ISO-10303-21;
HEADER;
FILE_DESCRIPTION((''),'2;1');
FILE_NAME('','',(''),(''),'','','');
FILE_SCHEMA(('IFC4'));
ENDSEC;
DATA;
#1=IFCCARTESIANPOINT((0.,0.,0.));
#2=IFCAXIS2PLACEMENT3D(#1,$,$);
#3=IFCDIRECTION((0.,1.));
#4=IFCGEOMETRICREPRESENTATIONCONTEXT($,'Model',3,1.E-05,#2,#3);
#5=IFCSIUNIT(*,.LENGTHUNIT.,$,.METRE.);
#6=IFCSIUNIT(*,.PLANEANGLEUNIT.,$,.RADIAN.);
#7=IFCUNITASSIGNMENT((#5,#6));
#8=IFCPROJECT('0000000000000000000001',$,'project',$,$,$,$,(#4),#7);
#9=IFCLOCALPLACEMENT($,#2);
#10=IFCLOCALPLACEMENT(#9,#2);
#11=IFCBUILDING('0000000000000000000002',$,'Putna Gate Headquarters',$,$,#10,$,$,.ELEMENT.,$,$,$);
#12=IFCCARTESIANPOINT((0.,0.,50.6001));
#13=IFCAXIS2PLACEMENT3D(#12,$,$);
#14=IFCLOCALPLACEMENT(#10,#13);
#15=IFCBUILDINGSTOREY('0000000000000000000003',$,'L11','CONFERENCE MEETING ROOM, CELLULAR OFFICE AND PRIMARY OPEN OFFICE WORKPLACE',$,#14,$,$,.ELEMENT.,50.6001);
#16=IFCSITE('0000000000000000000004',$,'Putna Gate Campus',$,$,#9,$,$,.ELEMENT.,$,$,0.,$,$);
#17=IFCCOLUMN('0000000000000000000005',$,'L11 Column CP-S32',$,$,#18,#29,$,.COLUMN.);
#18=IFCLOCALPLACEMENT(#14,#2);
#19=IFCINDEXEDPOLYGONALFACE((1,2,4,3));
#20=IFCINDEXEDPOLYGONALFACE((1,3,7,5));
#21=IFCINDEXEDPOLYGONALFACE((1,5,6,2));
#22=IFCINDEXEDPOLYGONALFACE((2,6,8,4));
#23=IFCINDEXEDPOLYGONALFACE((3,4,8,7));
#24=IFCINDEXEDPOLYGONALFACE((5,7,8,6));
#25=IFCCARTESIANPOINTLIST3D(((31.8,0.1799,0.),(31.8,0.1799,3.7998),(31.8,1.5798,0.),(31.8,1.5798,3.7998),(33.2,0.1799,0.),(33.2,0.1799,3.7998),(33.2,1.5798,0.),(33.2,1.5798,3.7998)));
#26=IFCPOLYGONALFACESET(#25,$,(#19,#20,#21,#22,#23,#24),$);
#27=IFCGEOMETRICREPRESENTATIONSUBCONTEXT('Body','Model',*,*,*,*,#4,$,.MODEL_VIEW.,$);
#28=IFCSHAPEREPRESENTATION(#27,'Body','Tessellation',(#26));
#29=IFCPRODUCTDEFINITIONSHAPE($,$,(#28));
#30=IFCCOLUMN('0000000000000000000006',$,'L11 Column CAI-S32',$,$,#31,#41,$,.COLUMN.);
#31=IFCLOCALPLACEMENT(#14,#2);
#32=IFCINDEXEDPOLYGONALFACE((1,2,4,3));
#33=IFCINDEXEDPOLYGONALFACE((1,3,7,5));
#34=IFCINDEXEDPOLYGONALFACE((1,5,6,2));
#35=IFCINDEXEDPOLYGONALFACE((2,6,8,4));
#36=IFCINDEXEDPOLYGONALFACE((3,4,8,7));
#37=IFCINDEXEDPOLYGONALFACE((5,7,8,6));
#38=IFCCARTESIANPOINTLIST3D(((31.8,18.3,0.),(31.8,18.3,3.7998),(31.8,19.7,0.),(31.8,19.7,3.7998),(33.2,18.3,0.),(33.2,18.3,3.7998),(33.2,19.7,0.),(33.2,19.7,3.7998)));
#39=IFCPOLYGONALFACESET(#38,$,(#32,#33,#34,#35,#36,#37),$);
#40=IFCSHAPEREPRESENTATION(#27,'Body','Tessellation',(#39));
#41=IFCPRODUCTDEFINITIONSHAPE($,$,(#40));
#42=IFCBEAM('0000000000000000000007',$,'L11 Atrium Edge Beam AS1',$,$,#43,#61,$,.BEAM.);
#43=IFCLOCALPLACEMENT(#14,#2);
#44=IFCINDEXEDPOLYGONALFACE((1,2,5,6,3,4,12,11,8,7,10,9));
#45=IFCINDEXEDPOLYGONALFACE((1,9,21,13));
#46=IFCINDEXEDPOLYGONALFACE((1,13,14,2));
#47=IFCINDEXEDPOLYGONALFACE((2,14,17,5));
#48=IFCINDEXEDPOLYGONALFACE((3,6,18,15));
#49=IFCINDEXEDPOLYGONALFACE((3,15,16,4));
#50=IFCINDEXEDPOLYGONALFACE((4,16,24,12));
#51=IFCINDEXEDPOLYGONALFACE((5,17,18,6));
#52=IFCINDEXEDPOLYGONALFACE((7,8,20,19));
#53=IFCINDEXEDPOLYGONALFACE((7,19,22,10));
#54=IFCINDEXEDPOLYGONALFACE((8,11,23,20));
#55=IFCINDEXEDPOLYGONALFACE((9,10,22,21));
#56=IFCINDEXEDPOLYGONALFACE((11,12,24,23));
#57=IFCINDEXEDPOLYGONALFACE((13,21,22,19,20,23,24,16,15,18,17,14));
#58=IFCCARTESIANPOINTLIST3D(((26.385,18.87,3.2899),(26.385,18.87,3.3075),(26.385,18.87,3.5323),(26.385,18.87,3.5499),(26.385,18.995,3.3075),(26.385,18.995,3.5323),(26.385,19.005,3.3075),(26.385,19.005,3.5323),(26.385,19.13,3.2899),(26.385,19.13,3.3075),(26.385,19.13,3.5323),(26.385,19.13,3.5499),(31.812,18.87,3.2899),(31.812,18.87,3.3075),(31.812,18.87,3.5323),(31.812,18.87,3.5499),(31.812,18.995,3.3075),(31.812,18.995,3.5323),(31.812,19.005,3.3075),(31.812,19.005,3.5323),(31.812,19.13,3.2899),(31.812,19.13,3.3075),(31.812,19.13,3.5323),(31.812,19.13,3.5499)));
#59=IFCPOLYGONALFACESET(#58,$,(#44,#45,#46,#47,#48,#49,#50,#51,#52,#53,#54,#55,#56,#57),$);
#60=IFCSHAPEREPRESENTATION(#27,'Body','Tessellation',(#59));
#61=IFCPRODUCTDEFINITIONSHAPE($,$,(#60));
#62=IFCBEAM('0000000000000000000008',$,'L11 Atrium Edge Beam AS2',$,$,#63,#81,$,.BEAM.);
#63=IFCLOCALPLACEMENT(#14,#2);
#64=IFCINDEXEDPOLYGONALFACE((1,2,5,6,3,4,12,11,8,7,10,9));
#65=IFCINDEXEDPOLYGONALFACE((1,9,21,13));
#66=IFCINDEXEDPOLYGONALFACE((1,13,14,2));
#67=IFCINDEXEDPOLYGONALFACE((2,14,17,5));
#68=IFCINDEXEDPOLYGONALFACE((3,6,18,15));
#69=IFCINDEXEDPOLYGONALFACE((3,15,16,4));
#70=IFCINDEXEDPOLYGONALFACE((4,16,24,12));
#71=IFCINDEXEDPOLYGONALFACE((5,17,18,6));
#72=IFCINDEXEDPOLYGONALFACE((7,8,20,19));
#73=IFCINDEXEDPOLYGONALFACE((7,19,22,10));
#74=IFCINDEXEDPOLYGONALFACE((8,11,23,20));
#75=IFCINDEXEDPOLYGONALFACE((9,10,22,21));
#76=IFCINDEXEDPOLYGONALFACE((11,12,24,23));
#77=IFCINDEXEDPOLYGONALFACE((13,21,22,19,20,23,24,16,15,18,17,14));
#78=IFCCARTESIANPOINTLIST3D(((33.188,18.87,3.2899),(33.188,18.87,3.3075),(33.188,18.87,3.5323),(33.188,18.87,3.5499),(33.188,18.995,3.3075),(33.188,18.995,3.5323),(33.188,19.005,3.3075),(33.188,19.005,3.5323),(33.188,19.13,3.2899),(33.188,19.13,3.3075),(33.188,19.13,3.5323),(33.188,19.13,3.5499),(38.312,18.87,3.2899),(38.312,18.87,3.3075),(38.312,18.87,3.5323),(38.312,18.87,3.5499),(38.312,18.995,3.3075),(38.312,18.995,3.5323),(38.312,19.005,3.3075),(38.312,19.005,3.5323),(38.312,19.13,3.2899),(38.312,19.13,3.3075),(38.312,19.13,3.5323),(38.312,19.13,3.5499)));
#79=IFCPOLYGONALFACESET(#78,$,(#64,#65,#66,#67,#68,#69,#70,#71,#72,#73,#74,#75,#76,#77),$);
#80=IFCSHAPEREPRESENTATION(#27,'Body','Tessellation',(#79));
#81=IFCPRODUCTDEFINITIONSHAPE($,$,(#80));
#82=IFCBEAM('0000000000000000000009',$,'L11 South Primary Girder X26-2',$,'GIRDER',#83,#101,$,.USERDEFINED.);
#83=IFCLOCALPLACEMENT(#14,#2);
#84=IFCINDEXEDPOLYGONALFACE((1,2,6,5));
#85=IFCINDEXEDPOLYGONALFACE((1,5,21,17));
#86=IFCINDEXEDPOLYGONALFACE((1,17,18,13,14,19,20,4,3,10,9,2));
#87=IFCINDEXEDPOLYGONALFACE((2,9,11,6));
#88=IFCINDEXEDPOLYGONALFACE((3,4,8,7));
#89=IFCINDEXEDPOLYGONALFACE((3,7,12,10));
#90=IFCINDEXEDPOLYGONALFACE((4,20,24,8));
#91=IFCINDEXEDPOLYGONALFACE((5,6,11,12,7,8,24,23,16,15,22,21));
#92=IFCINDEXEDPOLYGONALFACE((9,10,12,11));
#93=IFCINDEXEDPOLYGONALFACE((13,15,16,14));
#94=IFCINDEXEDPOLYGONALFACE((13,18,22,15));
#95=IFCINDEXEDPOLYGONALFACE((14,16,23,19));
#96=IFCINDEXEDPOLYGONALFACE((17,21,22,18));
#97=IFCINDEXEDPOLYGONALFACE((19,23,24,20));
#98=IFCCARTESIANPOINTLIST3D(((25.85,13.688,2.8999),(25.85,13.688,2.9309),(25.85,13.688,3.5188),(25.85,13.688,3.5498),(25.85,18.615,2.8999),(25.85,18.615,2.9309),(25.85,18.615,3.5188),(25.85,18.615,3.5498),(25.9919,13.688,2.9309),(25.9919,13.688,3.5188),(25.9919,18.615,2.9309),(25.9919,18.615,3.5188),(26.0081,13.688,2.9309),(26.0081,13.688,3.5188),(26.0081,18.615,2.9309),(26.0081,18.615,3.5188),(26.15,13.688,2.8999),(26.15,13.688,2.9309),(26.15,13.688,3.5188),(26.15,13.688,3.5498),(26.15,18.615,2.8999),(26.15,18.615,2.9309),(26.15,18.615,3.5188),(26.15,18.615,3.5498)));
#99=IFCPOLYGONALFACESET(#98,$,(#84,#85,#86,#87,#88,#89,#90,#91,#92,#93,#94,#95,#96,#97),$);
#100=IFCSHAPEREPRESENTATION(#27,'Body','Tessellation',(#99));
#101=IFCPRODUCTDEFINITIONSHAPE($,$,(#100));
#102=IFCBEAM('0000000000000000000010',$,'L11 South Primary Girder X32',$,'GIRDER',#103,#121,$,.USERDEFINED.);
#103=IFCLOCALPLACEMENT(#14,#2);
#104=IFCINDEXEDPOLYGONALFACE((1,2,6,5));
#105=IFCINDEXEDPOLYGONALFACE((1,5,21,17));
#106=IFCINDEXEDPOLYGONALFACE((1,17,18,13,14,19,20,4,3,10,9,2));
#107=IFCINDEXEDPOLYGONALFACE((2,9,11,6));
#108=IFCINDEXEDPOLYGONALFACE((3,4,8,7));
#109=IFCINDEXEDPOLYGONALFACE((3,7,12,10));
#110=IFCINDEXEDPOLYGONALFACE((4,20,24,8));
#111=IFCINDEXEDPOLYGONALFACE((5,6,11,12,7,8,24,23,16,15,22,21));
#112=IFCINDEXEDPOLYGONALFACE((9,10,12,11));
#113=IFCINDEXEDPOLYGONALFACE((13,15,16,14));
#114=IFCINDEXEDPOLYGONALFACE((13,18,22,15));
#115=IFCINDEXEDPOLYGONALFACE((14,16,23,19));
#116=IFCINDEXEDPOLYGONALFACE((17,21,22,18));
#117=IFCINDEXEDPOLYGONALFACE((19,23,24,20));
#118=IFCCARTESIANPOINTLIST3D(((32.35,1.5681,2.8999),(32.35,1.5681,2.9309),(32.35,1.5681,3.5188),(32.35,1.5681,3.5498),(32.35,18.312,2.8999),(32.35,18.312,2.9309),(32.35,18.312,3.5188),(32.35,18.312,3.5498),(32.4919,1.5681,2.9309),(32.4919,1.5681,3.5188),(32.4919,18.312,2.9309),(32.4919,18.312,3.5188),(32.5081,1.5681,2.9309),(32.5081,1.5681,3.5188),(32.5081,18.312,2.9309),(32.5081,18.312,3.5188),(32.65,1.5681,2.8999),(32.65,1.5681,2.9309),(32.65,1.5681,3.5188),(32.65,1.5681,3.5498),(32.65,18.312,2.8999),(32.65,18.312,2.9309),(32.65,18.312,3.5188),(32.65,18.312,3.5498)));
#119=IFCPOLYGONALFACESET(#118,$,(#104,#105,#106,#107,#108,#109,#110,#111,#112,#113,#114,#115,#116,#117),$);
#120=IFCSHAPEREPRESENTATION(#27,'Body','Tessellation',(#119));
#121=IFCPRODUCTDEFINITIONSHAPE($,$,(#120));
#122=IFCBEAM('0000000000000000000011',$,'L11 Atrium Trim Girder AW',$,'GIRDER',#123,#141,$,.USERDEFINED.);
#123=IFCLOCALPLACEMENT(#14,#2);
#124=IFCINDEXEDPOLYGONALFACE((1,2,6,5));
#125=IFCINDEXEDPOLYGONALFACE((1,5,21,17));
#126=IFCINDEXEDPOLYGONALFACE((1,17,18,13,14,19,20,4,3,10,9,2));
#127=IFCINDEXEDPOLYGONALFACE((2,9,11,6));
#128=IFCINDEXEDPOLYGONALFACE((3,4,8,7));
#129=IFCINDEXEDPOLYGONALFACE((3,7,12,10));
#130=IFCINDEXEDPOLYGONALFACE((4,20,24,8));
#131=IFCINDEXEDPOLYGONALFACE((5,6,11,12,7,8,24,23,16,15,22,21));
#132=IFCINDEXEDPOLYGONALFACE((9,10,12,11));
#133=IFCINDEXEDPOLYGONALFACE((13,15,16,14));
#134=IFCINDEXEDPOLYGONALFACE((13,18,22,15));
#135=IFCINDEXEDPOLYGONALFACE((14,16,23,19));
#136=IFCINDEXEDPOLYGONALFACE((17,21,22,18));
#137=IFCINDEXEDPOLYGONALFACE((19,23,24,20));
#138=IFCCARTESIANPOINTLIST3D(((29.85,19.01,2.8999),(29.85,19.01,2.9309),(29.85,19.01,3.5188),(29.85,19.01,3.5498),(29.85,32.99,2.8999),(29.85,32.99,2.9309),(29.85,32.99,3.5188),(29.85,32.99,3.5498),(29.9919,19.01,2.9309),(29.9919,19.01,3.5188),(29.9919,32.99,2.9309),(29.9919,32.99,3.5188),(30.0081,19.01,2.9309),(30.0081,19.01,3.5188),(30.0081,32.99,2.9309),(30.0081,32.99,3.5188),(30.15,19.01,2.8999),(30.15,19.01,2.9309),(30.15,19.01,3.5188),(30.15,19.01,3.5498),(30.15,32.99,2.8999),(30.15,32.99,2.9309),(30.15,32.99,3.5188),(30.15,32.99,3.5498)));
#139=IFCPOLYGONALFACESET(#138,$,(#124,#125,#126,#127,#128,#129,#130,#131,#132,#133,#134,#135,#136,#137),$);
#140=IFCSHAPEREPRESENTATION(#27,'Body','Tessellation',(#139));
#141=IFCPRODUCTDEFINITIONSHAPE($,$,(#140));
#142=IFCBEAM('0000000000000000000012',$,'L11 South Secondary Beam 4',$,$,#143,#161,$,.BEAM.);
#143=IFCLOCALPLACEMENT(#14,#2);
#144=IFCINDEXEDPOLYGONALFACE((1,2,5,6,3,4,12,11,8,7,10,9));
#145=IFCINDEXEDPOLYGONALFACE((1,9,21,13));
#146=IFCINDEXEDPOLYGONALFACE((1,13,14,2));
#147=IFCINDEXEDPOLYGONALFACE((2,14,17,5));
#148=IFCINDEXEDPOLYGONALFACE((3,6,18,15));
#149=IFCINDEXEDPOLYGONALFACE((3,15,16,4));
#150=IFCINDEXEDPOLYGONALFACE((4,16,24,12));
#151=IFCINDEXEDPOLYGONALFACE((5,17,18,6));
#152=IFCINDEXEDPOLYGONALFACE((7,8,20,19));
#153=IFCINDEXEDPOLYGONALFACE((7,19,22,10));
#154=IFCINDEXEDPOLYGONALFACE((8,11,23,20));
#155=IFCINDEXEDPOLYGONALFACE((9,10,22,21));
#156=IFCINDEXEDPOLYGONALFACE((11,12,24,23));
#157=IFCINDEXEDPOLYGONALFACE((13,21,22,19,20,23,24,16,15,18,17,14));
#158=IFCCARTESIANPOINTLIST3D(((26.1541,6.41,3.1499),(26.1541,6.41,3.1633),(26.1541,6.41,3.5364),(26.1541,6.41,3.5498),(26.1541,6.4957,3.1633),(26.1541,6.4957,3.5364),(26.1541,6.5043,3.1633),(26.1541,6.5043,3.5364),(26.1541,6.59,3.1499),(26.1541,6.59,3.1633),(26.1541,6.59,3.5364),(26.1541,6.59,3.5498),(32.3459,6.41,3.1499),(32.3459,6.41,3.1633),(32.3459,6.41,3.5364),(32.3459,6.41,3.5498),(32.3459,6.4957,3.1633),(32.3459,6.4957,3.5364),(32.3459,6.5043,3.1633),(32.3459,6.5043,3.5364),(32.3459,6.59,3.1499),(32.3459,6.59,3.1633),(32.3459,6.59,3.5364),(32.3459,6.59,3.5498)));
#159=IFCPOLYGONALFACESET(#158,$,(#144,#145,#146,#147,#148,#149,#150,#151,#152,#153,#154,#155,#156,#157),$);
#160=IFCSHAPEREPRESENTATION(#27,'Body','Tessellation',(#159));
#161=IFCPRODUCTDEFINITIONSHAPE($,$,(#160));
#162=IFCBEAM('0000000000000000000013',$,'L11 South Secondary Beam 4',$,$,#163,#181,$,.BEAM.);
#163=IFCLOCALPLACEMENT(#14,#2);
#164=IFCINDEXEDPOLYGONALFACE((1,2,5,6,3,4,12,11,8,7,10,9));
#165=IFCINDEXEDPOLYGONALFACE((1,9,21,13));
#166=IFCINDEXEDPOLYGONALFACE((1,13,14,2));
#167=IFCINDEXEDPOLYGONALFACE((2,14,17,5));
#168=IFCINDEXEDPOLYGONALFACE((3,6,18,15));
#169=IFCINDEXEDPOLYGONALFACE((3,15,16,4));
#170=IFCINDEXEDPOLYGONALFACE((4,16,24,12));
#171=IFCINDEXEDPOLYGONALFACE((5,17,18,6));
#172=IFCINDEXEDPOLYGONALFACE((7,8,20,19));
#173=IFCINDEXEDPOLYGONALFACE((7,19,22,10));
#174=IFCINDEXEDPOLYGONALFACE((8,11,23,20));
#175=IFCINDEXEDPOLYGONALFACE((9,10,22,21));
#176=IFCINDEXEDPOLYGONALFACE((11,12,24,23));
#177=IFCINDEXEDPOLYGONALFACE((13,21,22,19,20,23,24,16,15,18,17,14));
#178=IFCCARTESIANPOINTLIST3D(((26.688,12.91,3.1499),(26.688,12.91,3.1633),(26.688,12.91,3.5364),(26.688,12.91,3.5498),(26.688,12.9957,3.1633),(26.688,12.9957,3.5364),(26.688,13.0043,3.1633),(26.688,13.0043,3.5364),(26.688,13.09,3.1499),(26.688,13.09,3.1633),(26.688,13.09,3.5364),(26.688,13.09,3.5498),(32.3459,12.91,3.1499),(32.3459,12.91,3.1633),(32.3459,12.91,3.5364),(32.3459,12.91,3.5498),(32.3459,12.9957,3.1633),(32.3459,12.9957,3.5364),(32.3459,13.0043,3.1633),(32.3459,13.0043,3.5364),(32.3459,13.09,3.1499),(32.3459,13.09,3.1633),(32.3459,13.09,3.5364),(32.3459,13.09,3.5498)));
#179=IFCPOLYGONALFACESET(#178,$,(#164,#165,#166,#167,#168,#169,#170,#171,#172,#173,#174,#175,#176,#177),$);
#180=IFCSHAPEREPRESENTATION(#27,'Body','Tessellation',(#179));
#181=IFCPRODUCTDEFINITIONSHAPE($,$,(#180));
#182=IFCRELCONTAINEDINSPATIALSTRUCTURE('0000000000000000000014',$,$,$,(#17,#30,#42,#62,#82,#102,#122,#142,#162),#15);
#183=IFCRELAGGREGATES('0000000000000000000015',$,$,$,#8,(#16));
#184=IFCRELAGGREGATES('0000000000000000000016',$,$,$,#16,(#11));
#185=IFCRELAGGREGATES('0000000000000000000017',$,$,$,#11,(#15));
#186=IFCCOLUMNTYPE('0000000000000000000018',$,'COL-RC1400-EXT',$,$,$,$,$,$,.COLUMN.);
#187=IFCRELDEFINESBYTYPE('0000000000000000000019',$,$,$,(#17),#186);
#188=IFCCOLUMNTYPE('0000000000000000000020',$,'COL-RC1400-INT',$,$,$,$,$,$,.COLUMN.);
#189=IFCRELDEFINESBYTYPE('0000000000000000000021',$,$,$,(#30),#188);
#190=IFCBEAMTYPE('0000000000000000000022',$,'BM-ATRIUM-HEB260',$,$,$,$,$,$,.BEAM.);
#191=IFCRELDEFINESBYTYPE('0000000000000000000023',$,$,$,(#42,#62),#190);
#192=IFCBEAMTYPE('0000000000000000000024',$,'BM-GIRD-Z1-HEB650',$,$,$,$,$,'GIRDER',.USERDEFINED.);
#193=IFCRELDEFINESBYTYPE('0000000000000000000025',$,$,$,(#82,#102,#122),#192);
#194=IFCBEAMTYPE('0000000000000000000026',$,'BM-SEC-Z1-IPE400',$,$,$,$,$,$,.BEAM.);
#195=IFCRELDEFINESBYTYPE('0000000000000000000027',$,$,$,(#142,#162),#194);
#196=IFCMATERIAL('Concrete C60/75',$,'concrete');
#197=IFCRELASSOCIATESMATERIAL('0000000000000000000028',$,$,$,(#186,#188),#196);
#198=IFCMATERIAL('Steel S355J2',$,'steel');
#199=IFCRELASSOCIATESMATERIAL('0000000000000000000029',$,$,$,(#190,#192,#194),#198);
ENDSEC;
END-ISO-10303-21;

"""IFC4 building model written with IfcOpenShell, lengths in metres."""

from ifc_helpers import new_model, si_unit, direction, frame, origin, origin_2d, place, context, subcontext, project, spatial, rectangle, i_section, extrude, material, material_profile, profile_set, type_object, element, save


model = new_model("IFC4")

# Units and contexts
model_context = context("Model", 3, precision=1e-05, world=origin(), true_north=direction((0.0, 1.0)))
body_context = subcontext(model_context, "Body", "Model", "MODEL_VIEW")
ifc_project = project(units=[si_unit("LENGTHUNIT", "METRE"), si_unit("PLANEANGLEUNIT", "RADIAN")], contexts=[model_context])

# Site, building, storey
site_placement = place(None, origin())
site = spatial("IfcSite", under=ifc_project, at=site_placement, Name="Putna Gate Campus", CompositionType="ELEMENT", RefElevation=0.0)
building_placement = place(site_placement, origin())
building = spatial("IfcBuilding", under=site, at=building_placement, Name="Putna Gate Headquarters", CompositionType="ELEMENT")
storey_placement = place(building_placement, frame((0.0, 0.0, 50.6001)))
storey = spatial("IfcBuildingStorey", under=building, at=storey_placement, Name="L11", Description="CONFERENCE MEETING ROOM, CELLULAR OFFICE AND PRIMARY OPEN OFFICE WORKPLACE", CompositionType="ELEMENT", Elevation=50.6001)

# Columns
ifc_material_1 = material(Name="Concrete C60/75", Category="concrete")
ifc_material_profile_1 = material_profile(ifc_material_1, rectangle(XDim=1.3999, YDim=1.3999, at=origin_2d()), Name="Concrete C60/75")
ifc_profile_set_1 = profile_set([ifc_material_profile_1], Name="Concrete C60/75")
column_type_1 = type_object("IfcColumnType", Name="COL-RC1400-EXT", PredefinedType="COLUMN", material=ifc_profile_set_1)
column_1_placement = place(storey_placement, frame((32.5, 0.8799, 0.0), z_axis=(0.0, 0.0, 1.0), x_axis=(1.0, 0.0, 0.0)))
element("IfcColumn", 1, at=column_1_placement, inside=storey, type_object=column_type_1, Name="L11 Column CP-S32", PredefinedType="COLUMN", context=body_context, shape_type="SweptSolid", body=[
    extrude(rectangle(XDim=1.3999, YDim=1.3999, at=origin_2d()), origin(), (0.0, 0.0, 1.0), 3.7998),
])
ifc_material_profile_2 = material_profile(ifc_material_1, rectangle(XDim=1.3999, YDim=1.3999, at=origin_2d()), Name="Concrete C60/75")
ifc_profile_set_2 = profile_set([ifc_material_profile_2], Name="Concrete C60/75")
column_type_2 = type_object("IfcColumnType", Name="COL-RC1400-INT", PredefinedType="COLUMN", material=ifc_profile_set_2)
column_2_placement = place(storey_placement, frame((32.5, 19.0, 0.0), z_axis=(0.0, 0.0, 1.0), x_axis=(1.0, 0.0, 0.0)))
element("IfcColumn", 2, at=column_2_placement, inside=storey, type_object=column_type_2, Name="L11 Column CAI-S32", PredefinedType="COLUMN", context=body_context, shape_type="SweptSolid", body=[
    extrude(rectangle(XDim=1.3999, YDim=1.3999, at=origin_2d()), origin(), (0.0, 0.0, 1.0), 3.7998),
])

# Beams
ifc_material_2 = material(Name="Steel S355J2", Category="steel")
ifc_material_profile_3 = material_profile(ifc_material_2, i_section(OverallWidth=0.26, OverallDepth=0.26, WebThickness=0.01, FlangeThickness=0.0176, at=origin_2d()), Name="Steel S355J2")
ifc_profile_set_3 = profile_set([ifc_material_profile_3], Name="Steel S355J2")
beam_type_1 = type_object("IfcBeamType", Name="BM-ATRIUM-HEB260", PredefinedType="BEAM", material=ifc_profile_set_3)
beam_1_placement = place(storey_placement, frame((26.385, 19.0, 3.4199), z_axis=(1.0, 0.0, 0.0), x_axis=(0.0, 1.0, 0.0)))
element("IfcBeam", 3, at=beam_1_placement, inside=storey, type_object=beam_type_1, Name="L11 Atrium Edge Beam AS1", PredefinedType="BEAM", context=body_context, shape_type="SweptSolid", body=[
    extrude(i_section(OverallWidth=0.26, OverallDepth=0.26, WebThickness=0.01, FlangeThickness=0.0176, at=origin_2d()), origin(), (0.0, 0.0, 1.0), 5.427),
])
beam_2_placement = place(storey_placement, frame((33.188, 19.0, 3.4199), z_axis=(1.0, 0.0, 0.0), x_axis=(0.0, 1.0, 0.0)))
element("IfcBeam", 4, at=beam_2_placement, inside=storey, type_object=beam_type_1, Name="L11 Atrium Edge Beam AS2", PredefinedType="BEAM", context=body_context, shape_type="SweptSolid", body=[
    extrude(i_section(OverallWidth=0.26, OverallDepth=0.26, WebThickness=0.01, FlangeThickness=0.0176, at=origin_2d()), origin(), (0.0, 0.0, 1.0), 5.124),
])
ifc_material_profile_4 = material_profile(ifc_material_2, i_section(OverallWidth=0.3, OverallDepth=0.6499, WebThickness=0.0161, FlangeThickness=0.031, at=origin_2d()), Name="Steel S355J2")
ifc_profile_set_4 = profile_set([ifc_material_profile_4], Name="Steel S355J2")
beam_type_2 = type_object("IfcBeamType", Name="BM-GIRD-Z1-HEB650", ElementType="GIRDER", PredefinedType="USERDEFINED", material=ifc_profile_set_4)
beam_3_placement = place(storey_placement, frame((26.0, 13.688, 3.2249), z_axis=(0.0, 1.0, 0.0), x_axis=(-1.0, 0.0, 0.0)))
element("IfcBeam", 5, at=beam_3_placement, inside=storey, type_object=beam_type_2, Name="L11 South Primary Girder X26-2", ObjectType="GIRDER", PredefinedType="USERDEFINED", context=body_context, shape_type="SweptSolid", body=[
    extrude(i_section(OverallWidth=0.3, OverallDepth=0.6499, WebThickness=0.0161, FlangeThickness=0.031, at=origin_2d()), origin(), (0.0, 0.0, 1.0), 4.927),
])
beam_4_placement = place(storey_placement, frame((32.5, 1.5681, 3.2249), z_axis=(0.0, 1.0, 0.0), x_axis=(-1.0, 0.0, 0.0)))
element("IfcBeam", 6, at=beam_4_placement, inside=storey, type_object=beam_type_2, Name="L11 South Primary Girder X32", ObjectType="GIRDER", PredefinedType="USERDEFINED", context=body_context, shape_type="SweptSolid", body=[
    extrude(i_section(OverallWidth=0.3, OverallDepth=0.6499, WebThickness=0.0161, FlangeThickness=0.031, at=origin_2d()), origin(), (0.0, 0.0, 1.0), 16.7439),
])
beam_5_placement = place(storey_placement, frame((30.0, 19.01, 3.2249), z_axis=(0.0, 1.0, 0.0), x_axis=(-1.0, 0.0, 0.0)))
element("IfcBeam", 7, at=beam_5_placement, inside=storey, type_object=beam_type_2, Name="L11 Atrium Trim Girder AW", ObjectType="GIRDER", PredefinedType="USERDEFINED", context=body_context, shape_type="SweptSolid", body=[
    extrude(i_section(OverallWidth=0.3, OverallDepth=0.6499, WebThickness=0.0161, FlangeThickness=0.031, at=origin_2d()), origin(), (0.0, 0.0, 1.0), 13.98),
])
ifc_material_profile_5 = material_profile(ifc_material_2, i_section(OverallWidth=0.1799, OverallDepth=0.3999, WebThickness=0.0085, FlangeThickness=0.0134, at=origin_2d()), Name="Steel S355J2")
ifc_profile_set_5 = profile_set([ifc_material_profile_5], Name="Steel S355J2")
beam_type_3 = type_object("IfcBeamType", Name="BM-SEC-Z1-IPE400", PredefinedType="BEAM", material=ifc_profile_set_5)
beam_6_placement = place(storey_placement, frame((26.1541, 6.5, 3.3499), z_axis=(1.0, 0.0, 0.0), x_axis=(0.0, 1.0, 0.0)))
element("IfcBeam", 8, at=beam_6_placement, inside=storey, type_object=beam_type_3, Name="L11 South Secondary Beam 4", PredefinedType="BEAM", context=body_context, shape_type="SweptSolid", body=[
    extrude(i_section(OverallWidth=0.1799, OverallDepth=0.3999, WebThickness=0.0085, FlangeThickness=0.0134, at=origin_2d()), origin(), (0.0, 0.0, 1.0), 6.1919),
])
beam_7_placement = place(storey_placement, frame((26.688, 13.0, 3.3499), z_axis=(1.0, 0.0, 0.0), x_axis=(0.0, 1.0, 0.0)))
element("IfcBeam", 9, at=beam_7_placement, inside=storey, type_object=beam_type_3, Name="L11 South Secondary Beam 4", PredefinedType="BEAM", context=body_context, shape_type="SweptSolid", body=[
    extrude(i_section(OverallWidth=0.1799, OverallDepth=0.3999, WebThickness=0.0085, FlangeThickness=0.0134, at=origin_2d()), origin(), (0.0, 0.0, 1.0), 5.658),
])

save(model, "model.ifc")
